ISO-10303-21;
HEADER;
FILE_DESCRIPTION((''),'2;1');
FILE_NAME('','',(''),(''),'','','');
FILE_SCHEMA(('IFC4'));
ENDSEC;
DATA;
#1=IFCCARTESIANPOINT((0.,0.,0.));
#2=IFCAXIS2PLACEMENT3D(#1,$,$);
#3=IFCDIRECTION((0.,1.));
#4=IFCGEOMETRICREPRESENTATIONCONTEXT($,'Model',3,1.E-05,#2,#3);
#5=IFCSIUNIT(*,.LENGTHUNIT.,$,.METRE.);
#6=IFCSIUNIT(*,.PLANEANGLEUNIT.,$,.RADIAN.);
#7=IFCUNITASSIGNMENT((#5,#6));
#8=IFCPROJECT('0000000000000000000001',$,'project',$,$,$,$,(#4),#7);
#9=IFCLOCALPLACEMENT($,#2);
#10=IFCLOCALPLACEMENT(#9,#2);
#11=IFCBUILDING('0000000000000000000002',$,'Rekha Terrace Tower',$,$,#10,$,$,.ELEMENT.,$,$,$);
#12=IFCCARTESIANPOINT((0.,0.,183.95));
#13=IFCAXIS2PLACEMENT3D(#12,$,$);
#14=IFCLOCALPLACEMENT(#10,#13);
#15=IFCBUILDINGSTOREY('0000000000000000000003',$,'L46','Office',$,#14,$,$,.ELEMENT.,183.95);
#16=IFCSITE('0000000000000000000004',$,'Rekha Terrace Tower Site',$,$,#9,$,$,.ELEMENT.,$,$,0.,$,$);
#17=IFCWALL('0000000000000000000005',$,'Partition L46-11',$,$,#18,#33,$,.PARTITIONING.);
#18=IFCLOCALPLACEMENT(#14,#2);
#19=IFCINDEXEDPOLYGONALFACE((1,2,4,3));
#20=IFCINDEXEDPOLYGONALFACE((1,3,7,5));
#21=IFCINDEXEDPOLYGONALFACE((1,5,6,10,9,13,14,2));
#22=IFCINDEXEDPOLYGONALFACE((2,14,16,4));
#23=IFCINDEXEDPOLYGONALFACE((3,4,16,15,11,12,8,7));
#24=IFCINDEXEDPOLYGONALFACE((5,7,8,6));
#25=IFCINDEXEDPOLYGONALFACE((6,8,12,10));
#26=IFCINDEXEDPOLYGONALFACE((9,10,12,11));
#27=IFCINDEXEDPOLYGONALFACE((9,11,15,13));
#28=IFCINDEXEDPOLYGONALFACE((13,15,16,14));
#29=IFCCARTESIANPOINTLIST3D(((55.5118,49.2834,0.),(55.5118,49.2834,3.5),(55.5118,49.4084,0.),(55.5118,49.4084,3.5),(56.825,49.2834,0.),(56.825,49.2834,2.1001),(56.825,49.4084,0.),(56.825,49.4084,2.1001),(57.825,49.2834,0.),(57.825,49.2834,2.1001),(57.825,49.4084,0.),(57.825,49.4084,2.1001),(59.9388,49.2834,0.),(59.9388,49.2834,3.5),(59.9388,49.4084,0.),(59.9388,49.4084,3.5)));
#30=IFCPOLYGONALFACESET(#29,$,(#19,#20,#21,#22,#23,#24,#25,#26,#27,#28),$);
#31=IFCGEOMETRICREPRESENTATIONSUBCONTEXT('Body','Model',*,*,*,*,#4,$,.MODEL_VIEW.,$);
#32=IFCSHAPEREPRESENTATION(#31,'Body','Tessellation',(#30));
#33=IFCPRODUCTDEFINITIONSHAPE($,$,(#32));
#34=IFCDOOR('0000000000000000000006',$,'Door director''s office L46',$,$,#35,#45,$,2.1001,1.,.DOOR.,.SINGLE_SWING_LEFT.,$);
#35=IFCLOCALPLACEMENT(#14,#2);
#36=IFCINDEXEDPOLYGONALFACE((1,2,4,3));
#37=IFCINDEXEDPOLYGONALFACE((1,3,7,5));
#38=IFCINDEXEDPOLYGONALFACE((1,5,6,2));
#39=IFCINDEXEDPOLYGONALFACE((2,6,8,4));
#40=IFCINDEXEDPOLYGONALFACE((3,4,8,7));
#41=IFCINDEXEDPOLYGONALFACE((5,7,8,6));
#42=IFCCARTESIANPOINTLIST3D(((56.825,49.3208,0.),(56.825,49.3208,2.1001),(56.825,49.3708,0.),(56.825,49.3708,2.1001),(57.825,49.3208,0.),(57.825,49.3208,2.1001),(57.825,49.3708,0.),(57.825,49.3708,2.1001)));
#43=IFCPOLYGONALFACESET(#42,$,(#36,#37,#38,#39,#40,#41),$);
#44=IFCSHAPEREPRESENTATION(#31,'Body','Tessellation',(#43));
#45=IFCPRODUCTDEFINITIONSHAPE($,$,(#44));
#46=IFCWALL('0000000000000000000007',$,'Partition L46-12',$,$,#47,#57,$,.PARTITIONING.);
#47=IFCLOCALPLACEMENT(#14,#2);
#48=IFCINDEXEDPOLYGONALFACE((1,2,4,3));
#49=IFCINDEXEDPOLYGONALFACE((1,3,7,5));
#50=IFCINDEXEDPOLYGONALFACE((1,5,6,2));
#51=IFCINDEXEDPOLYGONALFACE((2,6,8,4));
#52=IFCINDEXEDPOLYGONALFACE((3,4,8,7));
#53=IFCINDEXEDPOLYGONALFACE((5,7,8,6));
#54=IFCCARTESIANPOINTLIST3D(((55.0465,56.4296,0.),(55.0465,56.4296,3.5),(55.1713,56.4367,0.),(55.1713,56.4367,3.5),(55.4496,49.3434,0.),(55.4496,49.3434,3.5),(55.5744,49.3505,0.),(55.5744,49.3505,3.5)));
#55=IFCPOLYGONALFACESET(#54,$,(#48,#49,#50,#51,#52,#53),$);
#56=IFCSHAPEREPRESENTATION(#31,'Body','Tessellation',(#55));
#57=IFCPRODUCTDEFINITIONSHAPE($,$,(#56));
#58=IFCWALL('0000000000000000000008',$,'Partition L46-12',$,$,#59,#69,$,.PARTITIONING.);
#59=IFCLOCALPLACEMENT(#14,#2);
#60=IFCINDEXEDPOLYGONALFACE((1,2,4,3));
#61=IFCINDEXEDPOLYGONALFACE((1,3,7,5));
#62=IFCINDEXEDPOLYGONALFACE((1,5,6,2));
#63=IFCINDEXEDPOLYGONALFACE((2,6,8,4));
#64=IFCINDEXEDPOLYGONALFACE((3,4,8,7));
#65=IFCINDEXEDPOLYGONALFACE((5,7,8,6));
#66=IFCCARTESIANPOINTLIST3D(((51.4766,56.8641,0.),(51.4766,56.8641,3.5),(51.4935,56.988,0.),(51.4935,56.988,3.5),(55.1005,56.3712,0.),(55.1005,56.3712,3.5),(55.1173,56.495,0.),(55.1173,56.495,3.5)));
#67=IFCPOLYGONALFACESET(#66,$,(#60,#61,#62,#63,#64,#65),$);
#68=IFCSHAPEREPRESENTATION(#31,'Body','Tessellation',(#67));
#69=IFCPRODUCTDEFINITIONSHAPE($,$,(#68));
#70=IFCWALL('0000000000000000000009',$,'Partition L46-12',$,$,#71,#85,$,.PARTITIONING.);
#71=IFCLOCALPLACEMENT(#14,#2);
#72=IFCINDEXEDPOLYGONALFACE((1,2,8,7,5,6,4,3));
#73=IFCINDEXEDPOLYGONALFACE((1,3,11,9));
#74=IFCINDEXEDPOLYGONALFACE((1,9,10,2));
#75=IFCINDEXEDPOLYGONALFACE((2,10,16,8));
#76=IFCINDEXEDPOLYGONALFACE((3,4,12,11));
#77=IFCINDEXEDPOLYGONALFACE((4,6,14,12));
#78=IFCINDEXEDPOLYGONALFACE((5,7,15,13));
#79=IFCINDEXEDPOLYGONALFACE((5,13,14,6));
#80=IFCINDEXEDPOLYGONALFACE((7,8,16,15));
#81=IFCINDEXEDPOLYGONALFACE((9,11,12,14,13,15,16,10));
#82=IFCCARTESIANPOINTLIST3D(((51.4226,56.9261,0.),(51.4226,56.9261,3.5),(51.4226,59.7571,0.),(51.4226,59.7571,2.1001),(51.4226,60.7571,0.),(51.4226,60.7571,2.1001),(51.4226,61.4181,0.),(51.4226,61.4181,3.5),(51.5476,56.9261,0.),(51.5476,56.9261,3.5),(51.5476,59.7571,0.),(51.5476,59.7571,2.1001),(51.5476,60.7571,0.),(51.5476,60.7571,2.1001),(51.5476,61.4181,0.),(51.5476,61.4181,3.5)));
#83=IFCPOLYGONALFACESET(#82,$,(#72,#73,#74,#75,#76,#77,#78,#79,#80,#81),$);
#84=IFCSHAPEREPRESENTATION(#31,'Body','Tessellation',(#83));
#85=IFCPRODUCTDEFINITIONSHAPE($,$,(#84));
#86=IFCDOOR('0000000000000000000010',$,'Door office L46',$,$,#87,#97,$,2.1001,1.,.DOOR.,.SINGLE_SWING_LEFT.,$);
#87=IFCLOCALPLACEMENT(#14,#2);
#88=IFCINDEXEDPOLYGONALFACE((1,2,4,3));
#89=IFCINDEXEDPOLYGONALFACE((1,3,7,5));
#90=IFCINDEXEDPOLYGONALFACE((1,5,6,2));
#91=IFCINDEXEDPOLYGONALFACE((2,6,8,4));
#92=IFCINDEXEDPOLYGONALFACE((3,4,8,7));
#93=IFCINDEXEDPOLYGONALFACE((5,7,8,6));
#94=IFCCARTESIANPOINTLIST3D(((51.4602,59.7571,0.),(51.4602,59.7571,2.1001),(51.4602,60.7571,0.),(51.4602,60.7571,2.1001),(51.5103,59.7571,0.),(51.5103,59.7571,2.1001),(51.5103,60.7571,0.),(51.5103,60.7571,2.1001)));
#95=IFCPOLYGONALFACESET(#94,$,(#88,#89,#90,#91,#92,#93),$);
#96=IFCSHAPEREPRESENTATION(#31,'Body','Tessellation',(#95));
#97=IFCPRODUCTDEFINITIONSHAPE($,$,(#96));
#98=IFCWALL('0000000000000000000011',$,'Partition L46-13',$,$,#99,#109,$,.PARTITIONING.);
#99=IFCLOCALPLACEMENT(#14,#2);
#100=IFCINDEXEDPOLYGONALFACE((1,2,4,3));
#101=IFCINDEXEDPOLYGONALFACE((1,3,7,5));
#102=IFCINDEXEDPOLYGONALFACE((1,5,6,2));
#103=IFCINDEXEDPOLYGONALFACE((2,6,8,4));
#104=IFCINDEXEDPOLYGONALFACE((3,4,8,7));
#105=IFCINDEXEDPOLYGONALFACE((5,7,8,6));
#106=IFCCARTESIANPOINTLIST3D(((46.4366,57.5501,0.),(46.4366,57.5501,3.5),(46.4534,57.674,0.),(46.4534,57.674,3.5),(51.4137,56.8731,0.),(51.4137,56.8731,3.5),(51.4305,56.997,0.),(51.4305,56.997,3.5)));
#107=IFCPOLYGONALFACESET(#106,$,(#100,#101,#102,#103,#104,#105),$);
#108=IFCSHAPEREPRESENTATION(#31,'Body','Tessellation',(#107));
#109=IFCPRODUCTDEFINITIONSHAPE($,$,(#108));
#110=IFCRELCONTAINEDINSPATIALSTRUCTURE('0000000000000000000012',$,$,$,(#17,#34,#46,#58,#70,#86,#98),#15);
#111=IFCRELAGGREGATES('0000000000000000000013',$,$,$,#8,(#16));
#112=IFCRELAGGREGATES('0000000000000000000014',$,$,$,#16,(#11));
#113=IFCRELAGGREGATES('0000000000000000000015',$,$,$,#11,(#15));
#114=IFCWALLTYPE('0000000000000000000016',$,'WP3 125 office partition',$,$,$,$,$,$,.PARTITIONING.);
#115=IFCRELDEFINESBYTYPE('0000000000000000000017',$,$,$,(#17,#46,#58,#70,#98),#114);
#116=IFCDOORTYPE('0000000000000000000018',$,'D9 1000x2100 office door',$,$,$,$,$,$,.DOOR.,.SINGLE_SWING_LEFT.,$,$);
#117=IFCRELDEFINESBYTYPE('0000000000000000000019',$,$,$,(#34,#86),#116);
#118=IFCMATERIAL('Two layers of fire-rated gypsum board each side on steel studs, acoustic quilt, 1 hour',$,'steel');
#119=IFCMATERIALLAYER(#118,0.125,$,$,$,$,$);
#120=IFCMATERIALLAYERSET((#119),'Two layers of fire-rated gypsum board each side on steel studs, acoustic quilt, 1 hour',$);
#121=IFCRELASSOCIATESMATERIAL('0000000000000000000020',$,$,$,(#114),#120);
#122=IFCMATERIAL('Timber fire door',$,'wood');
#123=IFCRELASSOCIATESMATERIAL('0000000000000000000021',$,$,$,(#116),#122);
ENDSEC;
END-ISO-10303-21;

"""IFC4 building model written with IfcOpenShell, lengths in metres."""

from ifc_helpers import new_model, si_unit, direction, frame, frame_2d, origin, place, context, subcontext, project, spatial, rectangle, extrude, material, layer, layer_set, type_object, element, fill, save


model = new_model("IFC4")

# Units and contexts
model_context = context("Model", 3, precision=1e-05, world=origin(), true_north=direction((0.0, 1.0)))
body_context = subcontext(model_context, "Body", "Model", "MODEL_VIEW")
ifc_project = project(units=[si_unit("LENGTHUNIT", "METRE"), si_unit("PLANEANGLEUNIT", "RADIAN")], contexts=[model_context])

# Site, building, storey
site_placement = place(None, origin())
site = spatial("IfcSite", under=ifc_project, at=site_placement, Name="Rekha Terrace Tower Site", CompositionType="ELEMENT", RefElevation=0.0)
building_placement = place(site_placement, origin())
building = spatial("IfcBuilding", under=site, at=building_placement, Name="Rekha Terrace Tower", CompositionType="ELEMENT")
storey_placement = place(building_placement, frame((0.0, 0.0, 183.95)))
storey = spatial("IfcBuildingStorey", under=building, at=storey_placement, Name="L46", Description="Office", CompositionType="ELEMENT", Elevation=183.95)

# Wall, opening, door
ifc_material_1 = material(Name="Two layers of fire-rated gypsum board each side on steel studs, acoustic quilt, 1 hour", Category="steel")
ifc_layer_1 = layer(ifc_material_1, 0.125)
ifc_layer_set_1 = layer_set([ifc_layer_1], Name="Two layers of fire-rated gypsum board each side on steel studs, acoustic quilt, 1 hour")
wall_type = type_object("IfcWallType", Name="WP3 125 office partition", PredefinedType="PARTITIONING", material=ifc_layer_set_1)
wall_1_placement = place(storey_placement, frame((55.512, 49.3459, 0.0), z_axis=(0.0, 0.0, 1.0), x_axis=(1.0, 0.0, 0.0)))
wall_1 = element("IfcWall", 1, at=wall_1_placement, inside=storey, type_object=wall_type, Name="Partition L46-11", PredefinedType="PARTITIONING", context=body_context, shape_type="SweptSolid", body=[
    extrude(rectangle(XDim=4.427, YDim=0.125, at=frame_2d((2.2134, 0.0))), origin(), (0.0, 0.0, 1.0), 3.5),
])
opening_1_placement = place(wall_1_placement, frame((1.313, 0.0, 0.0)))
opening_1 = element("IfcOpeningElement", 2, at=opening_1_placement, cuts=wall_1, PredefinedType="OPENING", context=body_context, shape_type="SweptSolid", body=[
    extrude(rectangle(XDim=1.0, YDim=2.1001, at=frame_2d((0.5, 1.05))), frame((0.0, 0.0725, 0.0), z_axis=(0.0, -1.0, 0.0), x_axis=(1.0, 0.0, 0.0)), (0.0, 0.0, 1.0), 0.145),
])
ifc_material_2 = material(Name="Timber fire door", Category="wood")
door_type = type_object("IfcDoorType", Name="D9 1000x2100 office door", OperationType="SINGLE_SWING_LEFT", PredefinedType="DOOR", material=ifc_material_2)
door_1_placement = place(opening_1_placement, origin())
door_1 = element("IfcDoor", 3, at=door_1_placement, inside=storey, type_object=door_type, Name="Door director's office L46", OperationType="SINGLE_SWING_LEFT", OverallHeight=2.1001, OverallWidth=1.0, PredefinedType="DOOR", context=body_context, shape_type="SweptSolid", body=[
    extrude(rectangle(XDim=1.0, YDim=2.1001, at=frame_2d((0.5, 1.05))), frame((0.0, 0.0249, 0.0), z_axis=(0.0, -1.0, 0.0), x_axis=(1.0, 0.0, 0.0)), (0.0, 0.0, 1.0), 0.05),
])
fill(opening_1, door_1)

# Walls
wall_2_placement = place(storey_placement, frame((55.512, 49.3469, 0.0), z_axis=(0.0, 0.0, 1.0), x_axis=(-0.05679, 0.998386, 0.0)))
element("IfcWall", 4, at=wall_2_placement, inside=storey, type_object=wall_type, Name="Partition L46-12", PredefinedType="PARTITIONING", context=body_context, shape_type="SweptSolid", body=[
    extrude(rectangle(XDim=7.0977, YDim=0.125, at=frame_2d((3.5488, 0.0))), origin(), (0.0, 0.0, 1.0), 3.5),
])
wall_3_placement = place(storey_placement, frame((55.1089, 56.4331, 0.0), z_axis=(0.0, 0.0, 1.0), x_axis=(-0.990875, 0.134783, 0.0)))
element("IfcWall", 5, at=wall_3_placement, inside=storey, type_object=wall_type, Name="Partition L46-12", PredefinedType="PARTITIONING", context=body_context, shape_type="SweptSolid", body=[
    extrude(rectangle(XDim=3.6572, YDim=0.125, at=frame_2d((1.8286, 0.0))), origin(), (0.0, 0.0, 1.0), 3.5),
])

# Wall, opening, door
wall_4_placement = place(storey_placement, frame((51.4851, 56.926, 0.0), z_axis=(0.0, 0.0, 1.0), x_axis=(0.0, 1.0, 0.0)))
wall_4 = element("IfcWall", 6, at=wall_4_placement, inside=storey, type_object=wall_type, Name="Partition L46-12", PredefinedType="PARTITIONING", context=body_context, shape_type="SweptSolid", body=[
    extrude(rectangle(XDim=4.4919, YDim=0.125, at=frame_2d((2.2461, 0.0))), origin(), (0.0, 0.0, 1.0), 3.5),
])
opening_2_placement = place(wall_4_placement, frame((2.8311, 0.0, 0.0)))
opening_2 = element("IfcOpeningElement", 7, at=opening_2_placement, cuts=wall_4, PredefinedType="OPENING", context=body_context, shape_type="SweptSolid", body=[
    extrude(rectangle(XDim=1.0, YDim=2.1001, at=frame_2d((0.5, 1.05))), frame((0.0, 0.0725, 0.0), z_axis=(0.0, -1.0, 0.0), x_axis=(1.0, 0.0, 0.0)), (0.0, 0.0, 1.0), 0.145),
])
door_2_placement = place(opening_2_placement, origin())
door_2 = element("IfcDoor", 8, at=door_2_placement, inside=storey, type_object=door_type, Name="Door office L46", OperationType="SINGLE_SWING_LEFT", OverallHeight=2.1001, OverallWidth=1.0, PredefinedType="DOOR", context=body_context, shape_type="SweptSolid", body=[
    extrude(rectangle(XDim=1.0, YDim=2.1001, at=frame_2d((0.5, 1.05))), frame((0.0, 0.0249, 0.0), z_axis=(0.0, -1.0, 0.0), x_axis=(1.0, 0.0, 0.0)), (0.0, 0.0, 1.0), 0.05),
])
fill(opening_2, door_2)

# Wall
wall_5_placement = place(storey_placement, frame((51.4221, 56.9351, 0.0), z_axis=(0.0, 0.0, 1.0), x_axis=(-0.990875, 0.134784, 0.0)))
element("IfcWall", 9, at=wall_5_placement, inside=storey, type_object=wall_type, Name="Partition L46-13", PredefinedType="PARTITIONING", context=body_context, shape_type="SweptSolid", body=[
    extrude(rectangle(XDim=5.0229, YDim=0.125, at=frame_2d((2.5115, 0.0))), origin(), (0.0, 0.0, 1.0), 3.5),
])

save(model, "model.ifc")
